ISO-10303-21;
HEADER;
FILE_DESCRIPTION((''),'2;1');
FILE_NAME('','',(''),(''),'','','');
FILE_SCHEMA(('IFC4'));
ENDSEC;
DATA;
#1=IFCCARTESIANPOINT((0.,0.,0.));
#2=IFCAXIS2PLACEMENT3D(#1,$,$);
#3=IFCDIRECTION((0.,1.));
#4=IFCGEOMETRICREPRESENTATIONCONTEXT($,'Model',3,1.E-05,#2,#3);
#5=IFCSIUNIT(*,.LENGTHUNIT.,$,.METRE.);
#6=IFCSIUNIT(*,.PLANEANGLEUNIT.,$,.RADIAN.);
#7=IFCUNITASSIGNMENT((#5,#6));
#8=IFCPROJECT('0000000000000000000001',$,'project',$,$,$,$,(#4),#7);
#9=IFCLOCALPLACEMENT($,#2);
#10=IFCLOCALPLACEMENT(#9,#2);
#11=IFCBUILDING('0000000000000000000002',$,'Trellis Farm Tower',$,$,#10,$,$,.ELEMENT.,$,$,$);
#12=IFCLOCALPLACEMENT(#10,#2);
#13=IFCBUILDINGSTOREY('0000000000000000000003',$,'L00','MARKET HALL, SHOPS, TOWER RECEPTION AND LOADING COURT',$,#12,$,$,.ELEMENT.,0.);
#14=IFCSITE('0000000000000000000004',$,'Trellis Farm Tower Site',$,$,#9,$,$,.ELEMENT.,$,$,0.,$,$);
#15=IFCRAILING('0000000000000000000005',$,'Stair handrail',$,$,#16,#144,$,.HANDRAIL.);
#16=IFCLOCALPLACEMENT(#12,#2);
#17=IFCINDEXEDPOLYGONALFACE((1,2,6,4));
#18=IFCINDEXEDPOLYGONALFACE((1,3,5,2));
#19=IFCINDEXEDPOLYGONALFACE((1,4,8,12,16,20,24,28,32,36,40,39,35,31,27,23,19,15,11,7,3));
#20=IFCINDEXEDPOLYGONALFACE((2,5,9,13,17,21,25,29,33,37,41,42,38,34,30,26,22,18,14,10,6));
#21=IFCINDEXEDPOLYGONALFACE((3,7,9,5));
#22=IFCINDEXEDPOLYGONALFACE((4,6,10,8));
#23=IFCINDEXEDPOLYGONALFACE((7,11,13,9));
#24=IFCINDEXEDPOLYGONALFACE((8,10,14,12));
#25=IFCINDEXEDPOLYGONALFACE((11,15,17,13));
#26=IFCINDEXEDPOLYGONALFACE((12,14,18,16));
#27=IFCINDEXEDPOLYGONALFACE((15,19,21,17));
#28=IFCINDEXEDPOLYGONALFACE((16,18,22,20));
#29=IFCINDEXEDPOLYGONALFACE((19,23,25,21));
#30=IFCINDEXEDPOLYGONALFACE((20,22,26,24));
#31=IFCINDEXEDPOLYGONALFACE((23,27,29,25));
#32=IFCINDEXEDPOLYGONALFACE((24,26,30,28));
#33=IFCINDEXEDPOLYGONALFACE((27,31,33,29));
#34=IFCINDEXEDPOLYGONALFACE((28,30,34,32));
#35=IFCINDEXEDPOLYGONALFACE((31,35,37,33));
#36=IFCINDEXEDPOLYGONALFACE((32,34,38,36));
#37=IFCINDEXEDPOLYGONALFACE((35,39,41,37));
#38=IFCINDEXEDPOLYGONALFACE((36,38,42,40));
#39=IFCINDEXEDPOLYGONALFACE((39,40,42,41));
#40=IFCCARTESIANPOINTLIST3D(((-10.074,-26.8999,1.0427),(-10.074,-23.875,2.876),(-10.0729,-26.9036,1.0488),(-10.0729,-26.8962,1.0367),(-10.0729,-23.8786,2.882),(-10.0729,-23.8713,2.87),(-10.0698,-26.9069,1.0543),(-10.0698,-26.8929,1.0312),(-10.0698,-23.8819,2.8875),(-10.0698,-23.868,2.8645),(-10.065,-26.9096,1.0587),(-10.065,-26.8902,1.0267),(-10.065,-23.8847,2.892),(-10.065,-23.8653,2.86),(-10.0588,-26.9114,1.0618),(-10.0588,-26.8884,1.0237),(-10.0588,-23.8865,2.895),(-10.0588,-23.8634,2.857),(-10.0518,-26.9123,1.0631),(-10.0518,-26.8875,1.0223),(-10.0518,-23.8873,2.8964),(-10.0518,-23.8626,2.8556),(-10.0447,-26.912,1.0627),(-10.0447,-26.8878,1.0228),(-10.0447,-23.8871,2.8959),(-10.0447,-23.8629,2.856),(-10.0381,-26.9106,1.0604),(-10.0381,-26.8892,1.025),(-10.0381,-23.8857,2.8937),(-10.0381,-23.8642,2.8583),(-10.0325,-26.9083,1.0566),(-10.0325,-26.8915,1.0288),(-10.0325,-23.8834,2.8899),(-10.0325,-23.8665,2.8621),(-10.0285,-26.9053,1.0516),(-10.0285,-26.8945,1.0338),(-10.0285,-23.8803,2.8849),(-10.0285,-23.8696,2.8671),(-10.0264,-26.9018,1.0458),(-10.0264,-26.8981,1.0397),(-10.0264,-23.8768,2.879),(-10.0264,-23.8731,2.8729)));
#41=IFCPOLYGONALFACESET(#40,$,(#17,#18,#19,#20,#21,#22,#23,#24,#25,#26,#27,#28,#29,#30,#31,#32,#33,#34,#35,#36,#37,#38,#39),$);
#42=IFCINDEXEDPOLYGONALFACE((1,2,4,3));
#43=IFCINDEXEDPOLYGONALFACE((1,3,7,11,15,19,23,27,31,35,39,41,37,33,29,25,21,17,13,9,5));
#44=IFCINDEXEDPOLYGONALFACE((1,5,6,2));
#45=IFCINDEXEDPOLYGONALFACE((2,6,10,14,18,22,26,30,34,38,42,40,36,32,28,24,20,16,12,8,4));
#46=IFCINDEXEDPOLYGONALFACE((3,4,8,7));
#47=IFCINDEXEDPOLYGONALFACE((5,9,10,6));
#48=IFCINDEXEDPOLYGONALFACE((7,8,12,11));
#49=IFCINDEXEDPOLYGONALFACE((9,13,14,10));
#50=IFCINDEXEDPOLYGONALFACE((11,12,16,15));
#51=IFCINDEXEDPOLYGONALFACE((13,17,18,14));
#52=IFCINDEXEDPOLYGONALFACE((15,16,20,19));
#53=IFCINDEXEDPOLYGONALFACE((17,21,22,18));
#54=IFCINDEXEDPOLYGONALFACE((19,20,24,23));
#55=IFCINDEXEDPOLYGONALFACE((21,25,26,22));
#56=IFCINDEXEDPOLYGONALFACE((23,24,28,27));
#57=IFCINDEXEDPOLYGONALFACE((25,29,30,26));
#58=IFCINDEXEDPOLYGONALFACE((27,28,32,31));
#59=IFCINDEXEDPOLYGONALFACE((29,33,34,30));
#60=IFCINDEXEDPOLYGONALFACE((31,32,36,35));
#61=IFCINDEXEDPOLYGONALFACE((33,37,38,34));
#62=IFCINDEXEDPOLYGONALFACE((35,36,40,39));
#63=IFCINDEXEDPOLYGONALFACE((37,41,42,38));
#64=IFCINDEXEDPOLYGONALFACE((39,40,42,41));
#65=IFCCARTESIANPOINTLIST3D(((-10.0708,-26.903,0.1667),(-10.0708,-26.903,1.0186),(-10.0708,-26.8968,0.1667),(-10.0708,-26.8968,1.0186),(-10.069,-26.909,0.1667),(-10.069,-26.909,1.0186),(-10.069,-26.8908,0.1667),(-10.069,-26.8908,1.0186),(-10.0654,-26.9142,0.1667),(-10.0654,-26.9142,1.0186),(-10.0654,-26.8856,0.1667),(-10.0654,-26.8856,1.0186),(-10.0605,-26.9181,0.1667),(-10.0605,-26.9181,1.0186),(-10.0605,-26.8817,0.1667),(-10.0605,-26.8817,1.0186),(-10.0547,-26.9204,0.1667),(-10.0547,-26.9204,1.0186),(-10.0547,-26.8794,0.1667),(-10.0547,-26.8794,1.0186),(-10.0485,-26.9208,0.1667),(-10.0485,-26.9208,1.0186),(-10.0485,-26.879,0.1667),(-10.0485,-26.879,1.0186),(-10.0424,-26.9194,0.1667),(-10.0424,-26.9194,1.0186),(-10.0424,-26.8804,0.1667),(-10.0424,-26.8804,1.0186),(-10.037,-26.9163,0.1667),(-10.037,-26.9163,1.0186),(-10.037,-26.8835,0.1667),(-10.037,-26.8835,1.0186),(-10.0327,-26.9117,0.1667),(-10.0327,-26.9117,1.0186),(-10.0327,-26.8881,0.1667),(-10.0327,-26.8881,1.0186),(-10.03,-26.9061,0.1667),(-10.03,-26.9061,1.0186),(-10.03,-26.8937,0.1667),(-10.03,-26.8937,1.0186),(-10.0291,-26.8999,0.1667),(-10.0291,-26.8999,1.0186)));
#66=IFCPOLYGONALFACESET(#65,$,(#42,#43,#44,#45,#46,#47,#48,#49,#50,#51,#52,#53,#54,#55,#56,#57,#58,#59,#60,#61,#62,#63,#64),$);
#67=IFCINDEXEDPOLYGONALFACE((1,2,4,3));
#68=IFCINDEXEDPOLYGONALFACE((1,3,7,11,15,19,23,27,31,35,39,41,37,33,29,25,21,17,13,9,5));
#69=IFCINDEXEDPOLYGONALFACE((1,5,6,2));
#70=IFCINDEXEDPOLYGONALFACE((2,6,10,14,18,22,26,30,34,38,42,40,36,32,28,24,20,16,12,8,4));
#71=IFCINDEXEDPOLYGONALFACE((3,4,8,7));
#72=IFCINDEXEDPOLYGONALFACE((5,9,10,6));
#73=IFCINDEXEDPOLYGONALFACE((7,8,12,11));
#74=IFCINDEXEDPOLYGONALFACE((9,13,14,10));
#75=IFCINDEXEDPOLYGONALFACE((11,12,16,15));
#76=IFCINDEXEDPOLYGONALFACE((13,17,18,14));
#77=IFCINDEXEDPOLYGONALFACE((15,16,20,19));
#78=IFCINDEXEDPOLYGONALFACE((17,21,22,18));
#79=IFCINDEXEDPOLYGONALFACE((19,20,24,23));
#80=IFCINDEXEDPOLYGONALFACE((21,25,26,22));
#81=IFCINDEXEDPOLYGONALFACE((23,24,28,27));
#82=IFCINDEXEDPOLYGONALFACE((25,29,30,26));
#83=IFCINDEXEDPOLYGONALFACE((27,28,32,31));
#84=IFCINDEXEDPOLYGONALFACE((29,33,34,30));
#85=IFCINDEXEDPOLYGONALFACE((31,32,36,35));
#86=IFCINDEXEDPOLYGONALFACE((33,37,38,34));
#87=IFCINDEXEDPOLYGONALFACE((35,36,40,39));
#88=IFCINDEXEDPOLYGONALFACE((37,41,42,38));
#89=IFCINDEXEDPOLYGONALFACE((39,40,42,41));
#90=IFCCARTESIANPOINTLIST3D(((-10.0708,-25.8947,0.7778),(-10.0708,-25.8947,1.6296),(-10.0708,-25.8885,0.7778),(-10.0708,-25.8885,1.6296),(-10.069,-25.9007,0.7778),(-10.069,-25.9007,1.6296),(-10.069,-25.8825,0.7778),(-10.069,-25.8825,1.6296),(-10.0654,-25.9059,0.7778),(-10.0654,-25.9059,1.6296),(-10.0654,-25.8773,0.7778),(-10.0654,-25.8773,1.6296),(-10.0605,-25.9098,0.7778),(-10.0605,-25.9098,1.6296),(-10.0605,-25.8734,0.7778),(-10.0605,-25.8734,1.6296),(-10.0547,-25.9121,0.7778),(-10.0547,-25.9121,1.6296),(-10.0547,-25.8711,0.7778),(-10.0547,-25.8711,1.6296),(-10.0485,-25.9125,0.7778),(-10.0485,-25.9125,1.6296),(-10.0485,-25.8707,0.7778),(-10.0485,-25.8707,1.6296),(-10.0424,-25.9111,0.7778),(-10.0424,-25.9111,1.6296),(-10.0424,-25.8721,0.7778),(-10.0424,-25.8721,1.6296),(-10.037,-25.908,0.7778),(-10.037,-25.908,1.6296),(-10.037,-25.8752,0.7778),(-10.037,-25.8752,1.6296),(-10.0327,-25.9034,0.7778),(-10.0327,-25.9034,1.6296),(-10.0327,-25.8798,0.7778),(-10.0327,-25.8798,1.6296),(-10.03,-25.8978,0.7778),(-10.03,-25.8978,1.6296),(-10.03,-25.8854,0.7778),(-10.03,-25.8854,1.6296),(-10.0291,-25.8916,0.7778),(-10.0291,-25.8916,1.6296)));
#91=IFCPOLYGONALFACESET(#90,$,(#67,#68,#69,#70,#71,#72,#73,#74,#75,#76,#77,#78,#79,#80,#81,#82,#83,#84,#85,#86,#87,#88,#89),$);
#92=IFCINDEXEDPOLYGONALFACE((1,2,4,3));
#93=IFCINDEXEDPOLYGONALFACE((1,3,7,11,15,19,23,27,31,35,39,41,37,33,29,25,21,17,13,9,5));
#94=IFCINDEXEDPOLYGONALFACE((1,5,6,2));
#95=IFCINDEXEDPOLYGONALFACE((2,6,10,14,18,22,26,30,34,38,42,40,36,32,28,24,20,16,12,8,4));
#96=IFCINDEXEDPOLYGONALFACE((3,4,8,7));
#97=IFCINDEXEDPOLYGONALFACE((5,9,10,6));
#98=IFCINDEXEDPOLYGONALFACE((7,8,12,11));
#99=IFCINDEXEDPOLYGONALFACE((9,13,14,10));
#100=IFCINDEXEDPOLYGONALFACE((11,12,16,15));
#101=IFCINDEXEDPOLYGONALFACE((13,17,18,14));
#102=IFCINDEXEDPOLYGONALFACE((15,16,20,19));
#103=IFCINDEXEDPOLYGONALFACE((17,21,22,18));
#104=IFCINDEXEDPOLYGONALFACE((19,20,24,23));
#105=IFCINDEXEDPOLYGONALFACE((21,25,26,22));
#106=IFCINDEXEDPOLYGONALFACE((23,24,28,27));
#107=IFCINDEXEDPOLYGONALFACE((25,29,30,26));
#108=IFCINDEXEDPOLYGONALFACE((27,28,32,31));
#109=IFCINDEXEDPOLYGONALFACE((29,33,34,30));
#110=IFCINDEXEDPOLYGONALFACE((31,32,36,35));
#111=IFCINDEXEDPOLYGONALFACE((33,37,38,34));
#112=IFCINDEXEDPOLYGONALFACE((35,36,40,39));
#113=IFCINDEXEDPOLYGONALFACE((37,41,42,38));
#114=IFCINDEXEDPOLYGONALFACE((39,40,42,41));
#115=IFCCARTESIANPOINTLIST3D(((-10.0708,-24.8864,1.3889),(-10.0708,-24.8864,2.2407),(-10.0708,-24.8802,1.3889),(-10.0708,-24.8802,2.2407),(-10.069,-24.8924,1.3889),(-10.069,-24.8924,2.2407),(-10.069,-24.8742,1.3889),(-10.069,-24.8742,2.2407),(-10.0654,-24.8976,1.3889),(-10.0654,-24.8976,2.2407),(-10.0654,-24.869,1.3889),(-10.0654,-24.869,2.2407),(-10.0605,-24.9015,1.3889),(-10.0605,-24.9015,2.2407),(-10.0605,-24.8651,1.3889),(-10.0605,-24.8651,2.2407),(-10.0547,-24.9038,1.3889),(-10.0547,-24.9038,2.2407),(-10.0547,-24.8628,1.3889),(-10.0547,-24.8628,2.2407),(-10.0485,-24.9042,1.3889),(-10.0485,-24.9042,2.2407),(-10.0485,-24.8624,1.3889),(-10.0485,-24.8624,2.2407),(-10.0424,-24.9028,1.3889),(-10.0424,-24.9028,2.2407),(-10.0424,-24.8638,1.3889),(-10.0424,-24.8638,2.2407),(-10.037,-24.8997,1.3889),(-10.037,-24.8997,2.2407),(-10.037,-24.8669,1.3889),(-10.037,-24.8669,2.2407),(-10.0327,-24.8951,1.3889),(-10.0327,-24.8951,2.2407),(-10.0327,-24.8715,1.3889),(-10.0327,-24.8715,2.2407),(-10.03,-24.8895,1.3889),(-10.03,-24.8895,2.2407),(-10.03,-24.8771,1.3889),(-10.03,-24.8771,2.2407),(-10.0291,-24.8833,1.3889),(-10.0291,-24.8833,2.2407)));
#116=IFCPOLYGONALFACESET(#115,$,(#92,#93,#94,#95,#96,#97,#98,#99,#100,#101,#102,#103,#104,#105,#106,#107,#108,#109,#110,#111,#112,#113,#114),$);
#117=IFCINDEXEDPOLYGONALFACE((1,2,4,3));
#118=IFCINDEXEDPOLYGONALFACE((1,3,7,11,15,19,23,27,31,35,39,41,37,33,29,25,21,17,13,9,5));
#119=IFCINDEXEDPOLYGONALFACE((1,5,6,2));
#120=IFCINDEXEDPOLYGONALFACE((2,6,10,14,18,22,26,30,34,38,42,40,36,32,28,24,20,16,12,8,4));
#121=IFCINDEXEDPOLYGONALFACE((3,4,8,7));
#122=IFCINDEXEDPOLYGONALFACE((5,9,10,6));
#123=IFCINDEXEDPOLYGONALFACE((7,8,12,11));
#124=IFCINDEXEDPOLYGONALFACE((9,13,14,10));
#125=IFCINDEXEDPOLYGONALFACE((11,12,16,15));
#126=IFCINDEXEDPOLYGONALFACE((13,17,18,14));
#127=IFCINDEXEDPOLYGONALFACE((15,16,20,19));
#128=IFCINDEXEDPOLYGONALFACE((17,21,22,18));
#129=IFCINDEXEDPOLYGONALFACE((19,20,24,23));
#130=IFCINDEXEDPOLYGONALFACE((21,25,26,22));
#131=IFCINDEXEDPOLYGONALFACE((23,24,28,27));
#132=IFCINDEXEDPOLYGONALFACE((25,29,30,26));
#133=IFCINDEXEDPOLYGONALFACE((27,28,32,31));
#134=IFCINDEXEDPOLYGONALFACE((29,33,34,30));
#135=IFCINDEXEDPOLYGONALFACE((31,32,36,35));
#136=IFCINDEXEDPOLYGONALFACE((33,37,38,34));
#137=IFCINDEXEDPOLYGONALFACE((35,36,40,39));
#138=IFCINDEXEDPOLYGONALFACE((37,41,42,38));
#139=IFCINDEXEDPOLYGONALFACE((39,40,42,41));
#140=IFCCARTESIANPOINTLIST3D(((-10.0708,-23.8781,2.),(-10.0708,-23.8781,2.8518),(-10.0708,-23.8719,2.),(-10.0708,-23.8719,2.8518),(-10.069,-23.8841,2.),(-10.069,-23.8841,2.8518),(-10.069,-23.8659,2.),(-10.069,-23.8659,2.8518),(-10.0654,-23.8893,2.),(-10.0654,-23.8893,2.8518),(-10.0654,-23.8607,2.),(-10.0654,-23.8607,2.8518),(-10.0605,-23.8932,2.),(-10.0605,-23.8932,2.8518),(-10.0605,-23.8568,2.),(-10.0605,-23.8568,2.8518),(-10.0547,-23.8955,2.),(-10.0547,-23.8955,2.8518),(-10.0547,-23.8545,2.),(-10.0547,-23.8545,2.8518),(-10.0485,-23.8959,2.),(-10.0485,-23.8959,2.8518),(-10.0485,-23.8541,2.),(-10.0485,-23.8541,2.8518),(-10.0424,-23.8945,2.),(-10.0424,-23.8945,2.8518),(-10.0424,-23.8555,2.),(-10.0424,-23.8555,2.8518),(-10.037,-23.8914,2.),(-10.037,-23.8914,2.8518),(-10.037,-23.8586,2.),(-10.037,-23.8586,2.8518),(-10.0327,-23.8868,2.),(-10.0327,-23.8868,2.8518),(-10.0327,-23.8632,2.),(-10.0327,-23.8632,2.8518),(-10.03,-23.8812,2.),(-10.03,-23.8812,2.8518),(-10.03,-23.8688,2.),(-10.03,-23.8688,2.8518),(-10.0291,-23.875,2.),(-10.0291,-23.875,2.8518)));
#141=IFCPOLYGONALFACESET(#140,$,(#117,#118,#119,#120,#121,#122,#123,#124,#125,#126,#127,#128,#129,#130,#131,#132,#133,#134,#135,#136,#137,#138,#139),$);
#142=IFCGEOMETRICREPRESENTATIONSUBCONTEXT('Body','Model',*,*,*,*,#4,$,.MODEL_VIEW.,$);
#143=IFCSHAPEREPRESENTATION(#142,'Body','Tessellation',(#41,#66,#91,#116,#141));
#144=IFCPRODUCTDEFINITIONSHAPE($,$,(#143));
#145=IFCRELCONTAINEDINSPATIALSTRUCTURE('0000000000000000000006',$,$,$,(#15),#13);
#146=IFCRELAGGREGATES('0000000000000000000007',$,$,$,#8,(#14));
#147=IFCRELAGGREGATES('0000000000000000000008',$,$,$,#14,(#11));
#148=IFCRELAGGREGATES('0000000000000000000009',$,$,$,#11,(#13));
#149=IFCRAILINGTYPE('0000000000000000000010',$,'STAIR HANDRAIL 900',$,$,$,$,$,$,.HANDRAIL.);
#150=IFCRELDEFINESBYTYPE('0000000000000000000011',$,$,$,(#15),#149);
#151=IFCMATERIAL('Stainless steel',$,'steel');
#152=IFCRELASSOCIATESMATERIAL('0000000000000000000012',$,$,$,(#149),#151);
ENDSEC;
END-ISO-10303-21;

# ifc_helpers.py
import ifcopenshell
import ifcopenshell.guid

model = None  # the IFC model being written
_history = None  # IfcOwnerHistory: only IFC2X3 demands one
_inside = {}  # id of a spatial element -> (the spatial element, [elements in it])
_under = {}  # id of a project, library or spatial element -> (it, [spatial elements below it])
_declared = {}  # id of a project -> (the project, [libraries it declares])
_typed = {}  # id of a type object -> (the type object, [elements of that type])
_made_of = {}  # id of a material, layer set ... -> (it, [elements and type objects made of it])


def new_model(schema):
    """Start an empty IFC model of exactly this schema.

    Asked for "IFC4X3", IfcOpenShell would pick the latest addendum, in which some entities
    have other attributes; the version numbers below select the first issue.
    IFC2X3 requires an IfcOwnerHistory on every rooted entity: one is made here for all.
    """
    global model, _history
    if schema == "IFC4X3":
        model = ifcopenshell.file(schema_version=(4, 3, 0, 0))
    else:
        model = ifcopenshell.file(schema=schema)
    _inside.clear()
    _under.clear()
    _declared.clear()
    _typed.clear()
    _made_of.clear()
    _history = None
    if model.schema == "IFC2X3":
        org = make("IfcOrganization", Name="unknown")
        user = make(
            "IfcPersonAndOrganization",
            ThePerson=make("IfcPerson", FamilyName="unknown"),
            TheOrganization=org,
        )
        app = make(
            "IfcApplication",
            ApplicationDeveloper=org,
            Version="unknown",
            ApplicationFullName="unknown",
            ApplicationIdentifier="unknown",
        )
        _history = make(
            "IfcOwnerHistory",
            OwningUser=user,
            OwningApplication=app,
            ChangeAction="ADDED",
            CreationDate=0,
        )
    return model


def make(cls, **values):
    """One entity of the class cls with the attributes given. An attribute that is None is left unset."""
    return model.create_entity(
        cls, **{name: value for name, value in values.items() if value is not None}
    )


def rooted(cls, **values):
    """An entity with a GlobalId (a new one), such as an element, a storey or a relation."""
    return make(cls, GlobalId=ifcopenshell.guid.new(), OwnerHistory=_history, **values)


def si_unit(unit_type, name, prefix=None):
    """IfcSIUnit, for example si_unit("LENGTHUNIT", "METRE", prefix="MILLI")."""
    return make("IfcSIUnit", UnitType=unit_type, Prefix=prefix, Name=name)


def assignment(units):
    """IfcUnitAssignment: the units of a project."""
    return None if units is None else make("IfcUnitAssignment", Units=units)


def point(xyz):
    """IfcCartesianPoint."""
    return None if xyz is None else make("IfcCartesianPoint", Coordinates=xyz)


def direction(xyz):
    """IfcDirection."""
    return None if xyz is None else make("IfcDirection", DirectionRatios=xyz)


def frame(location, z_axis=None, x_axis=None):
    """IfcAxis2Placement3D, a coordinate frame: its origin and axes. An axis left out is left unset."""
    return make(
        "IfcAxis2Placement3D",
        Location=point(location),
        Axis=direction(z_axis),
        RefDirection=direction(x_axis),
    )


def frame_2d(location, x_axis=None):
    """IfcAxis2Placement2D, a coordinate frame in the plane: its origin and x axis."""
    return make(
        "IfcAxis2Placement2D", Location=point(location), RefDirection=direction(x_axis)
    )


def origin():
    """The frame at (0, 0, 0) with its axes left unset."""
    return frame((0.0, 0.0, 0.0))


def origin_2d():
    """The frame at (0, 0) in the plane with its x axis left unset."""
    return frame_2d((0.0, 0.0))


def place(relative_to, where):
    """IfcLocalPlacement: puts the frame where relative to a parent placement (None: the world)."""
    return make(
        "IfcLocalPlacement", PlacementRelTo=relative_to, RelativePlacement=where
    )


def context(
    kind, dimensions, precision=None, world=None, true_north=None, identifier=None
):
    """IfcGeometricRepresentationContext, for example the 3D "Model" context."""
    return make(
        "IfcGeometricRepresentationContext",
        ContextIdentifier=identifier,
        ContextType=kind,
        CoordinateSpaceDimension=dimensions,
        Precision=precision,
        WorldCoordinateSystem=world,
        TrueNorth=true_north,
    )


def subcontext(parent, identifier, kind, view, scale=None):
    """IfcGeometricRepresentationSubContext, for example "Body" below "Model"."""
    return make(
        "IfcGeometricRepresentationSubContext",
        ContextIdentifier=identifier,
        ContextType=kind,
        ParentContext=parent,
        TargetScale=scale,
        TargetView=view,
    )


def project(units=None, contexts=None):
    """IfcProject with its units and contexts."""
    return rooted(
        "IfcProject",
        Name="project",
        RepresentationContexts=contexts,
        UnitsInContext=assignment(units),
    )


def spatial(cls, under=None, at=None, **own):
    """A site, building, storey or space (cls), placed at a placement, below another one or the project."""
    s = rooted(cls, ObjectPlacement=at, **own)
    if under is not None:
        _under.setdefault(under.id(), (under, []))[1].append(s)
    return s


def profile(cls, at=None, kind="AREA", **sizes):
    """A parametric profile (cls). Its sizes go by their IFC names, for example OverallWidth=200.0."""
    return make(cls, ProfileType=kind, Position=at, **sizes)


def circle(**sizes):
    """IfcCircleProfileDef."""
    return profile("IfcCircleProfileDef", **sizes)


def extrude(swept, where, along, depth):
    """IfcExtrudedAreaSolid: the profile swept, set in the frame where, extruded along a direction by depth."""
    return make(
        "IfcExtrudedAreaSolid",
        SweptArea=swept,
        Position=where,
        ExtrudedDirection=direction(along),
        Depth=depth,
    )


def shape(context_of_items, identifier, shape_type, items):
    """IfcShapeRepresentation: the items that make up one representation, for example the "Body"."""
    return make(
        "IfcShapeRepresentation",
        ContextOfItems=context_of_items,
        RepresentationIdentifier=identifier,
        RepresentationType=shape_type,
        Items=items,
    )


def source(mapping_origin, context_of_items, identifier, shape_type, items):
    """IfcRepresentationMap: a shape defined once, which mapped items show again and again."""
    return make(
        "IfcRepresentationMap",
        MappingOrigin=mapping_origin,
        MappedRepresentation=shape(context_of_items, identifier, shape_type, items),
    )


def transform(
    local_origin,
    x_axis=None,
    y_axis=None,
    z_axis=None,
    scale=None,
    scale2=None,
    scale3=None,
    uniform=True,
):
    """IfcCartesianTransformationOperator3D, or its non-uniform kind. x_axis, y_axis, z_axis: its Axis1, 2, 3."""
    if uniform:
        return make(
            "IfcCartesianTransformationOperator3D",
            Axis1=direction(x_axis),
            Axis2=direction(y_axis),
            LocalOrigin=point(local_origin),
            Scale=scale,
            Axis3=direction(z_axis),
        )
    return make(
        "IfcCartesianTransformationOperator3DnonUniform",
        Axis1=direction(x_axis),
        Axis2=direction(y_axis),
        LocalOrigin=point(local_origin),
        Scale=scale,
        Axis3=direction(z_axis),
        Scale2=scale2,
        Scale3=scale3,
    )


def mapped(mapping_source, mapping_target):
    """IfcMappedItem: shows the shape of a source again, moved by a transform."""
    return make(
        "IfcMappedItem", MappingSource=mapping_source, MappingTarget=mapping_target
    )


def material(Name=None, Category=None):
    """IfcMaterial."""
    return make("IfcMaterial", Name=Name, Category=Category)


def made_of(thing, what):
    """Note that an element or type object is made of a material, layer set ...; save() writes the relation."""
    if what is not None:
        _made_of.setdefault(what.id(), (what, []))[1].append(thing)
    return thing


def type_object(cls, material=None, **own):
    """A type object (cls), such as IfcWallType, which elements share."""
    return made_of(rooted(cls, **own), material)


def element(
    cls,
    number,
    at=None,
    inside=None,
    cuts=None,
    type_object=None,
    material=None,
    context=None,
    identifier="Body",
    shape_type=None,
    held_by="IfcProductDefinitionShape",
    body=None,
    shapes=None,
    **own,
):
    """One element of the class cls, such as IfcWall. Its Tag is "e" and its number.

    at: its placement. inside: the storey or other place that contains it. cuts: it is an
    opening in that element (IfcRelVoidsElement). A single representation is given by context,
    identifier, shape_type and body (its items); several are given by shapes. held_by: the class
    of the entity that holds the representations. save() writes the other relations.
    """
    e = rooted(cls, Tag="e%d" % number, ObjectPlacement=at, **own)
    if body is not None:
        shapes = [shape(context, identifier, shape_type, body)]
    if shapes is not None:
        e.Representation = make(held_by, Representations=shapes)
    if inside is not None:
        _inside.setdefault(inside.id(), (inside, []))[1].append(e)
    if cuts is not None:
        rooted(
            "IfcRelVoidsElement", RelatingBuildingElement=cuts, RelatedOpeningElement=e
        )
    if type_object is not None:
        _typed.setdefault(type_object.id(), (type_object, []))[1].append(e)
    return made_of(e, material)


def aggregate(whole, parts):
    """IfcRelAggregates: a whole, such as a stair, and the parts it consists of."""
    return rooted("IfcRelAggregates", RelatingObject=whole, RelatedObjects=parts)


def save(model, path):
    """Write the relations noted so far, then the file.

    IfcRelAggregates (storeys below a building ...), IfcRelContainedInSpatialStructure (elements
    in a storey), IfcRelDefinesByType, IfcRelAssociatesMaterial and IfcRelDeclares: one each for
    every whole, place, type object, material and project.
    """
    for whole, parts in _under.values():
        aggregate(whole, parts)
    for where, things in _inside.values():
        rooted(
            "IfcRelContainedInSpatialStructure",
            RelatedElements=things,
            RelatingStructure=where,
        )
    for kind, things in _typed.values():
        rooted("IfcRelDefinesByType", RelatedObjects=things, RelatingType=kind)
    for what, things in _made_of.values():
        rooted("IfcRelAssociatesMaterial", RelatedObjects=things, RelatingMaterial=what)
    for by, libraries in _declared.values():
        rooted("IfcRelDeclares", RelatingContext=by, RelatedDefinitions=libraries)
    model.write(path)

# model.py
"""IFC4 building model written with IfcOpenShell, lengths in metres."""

from ifc_helpers import new_model, si_unit, direction, frame, origin, origin_2d, place, context, subcontext, project, spatial, circle, extrude, source, transform, mapped, material, type_object, element, save


model = new_model("IFC4")

# Units and contexts
model_context = context("Model", 3, precision=1e-05, world=origin(), true_north=direction((0.0, 1.0)))
body_context = subcontext(model_context, "Body", "Model", "MODEL_VIEW")
ifc_project = project(units=[si_unit("LENGTHUNIT", "METRE"), si_unit("PLANEANGLEUNIT", "RADIAN")], contexts=[model_context])

# Site, building, storey
site_placement = place(None, origin())
site = spatial("IfcSite", under=ifc_project, at=site_placement, Name="Trellis Farm Tower Site", CompositionType="ELEMENT", RefElevation=0.0)
building_placement = place(site_placement, origin())
building = spatial("IfcBuilding", under=site, at=building_placement, Name="Trellis Farm Tower", CompositionType="ELEMENT")
storey_placement = place(building_placement, origin())
storey = spatial("IfcBuildingStorey", under=building, at=storey_placement, Name="L00", Description="MARKET HALL, SHOPS, TOWER RECEPTION AND LOADING COURT", CompositionType="ELEMENT", Elevation=0.0)

# Railing
ifc_material_1 = material(Name="Stainless steel", Category="steel")
railing_type = type_object("IfcRailingType", Name="STAIR HANDRAIL 900", PredefinedType="HANDRAIL", material=ifc_material_1)
shared_shape_1 = source(origin(), body_context, "Body", "SweptSolid", [
    extrude(circle(Radius=0.0239, at=origin_2d()), frame((0.0, 0.0, 0.876), z_axis=(0.0, 0.855201, 0.518297), x_axis=(-1.0, 0.0, 0.0)), (0.0, 0.0, 1.0), 3.5371),
    extrude(circle(Radius=0.021, at=origin_2d()), origin(), (0.0, 0.0, 1.0), 0.8518),
    extrude(circle(Radius=0.021, at=origin_2d()), frame((0.0, 1.0083, 0.6111)), (0.0, 0.0, 1.0), 0.8518),
    extrude(circle(Radius=0.021, at=origin_2d()), frame((0.0, 2.0166, 1.2222)), (0.0, 0.0, 1.0), 0.8518),
    extrude(circle(Radius=0.021, at=origin_2d()), frame((0.0, 3.0249, 1.8333)), (0.0, 0.0, 1.0), 0.8518),
])
for number, where, name in (
    (1, (-10.05, -26.8999, 0.1667), "Stair handrail"),
):
    element("IfcRailing", number, at=place(storey_placement, frame(where)), inside=storey, type_object=railing_type, Name=name, PredefinedType="HANDRAIL", context=body_context, shape_type="MappedRepresentation", body=[
        mapped(shared_shape_1, transform((0.0, 0.0, 0.0))),
    ])

save(model, "model.ifc")
